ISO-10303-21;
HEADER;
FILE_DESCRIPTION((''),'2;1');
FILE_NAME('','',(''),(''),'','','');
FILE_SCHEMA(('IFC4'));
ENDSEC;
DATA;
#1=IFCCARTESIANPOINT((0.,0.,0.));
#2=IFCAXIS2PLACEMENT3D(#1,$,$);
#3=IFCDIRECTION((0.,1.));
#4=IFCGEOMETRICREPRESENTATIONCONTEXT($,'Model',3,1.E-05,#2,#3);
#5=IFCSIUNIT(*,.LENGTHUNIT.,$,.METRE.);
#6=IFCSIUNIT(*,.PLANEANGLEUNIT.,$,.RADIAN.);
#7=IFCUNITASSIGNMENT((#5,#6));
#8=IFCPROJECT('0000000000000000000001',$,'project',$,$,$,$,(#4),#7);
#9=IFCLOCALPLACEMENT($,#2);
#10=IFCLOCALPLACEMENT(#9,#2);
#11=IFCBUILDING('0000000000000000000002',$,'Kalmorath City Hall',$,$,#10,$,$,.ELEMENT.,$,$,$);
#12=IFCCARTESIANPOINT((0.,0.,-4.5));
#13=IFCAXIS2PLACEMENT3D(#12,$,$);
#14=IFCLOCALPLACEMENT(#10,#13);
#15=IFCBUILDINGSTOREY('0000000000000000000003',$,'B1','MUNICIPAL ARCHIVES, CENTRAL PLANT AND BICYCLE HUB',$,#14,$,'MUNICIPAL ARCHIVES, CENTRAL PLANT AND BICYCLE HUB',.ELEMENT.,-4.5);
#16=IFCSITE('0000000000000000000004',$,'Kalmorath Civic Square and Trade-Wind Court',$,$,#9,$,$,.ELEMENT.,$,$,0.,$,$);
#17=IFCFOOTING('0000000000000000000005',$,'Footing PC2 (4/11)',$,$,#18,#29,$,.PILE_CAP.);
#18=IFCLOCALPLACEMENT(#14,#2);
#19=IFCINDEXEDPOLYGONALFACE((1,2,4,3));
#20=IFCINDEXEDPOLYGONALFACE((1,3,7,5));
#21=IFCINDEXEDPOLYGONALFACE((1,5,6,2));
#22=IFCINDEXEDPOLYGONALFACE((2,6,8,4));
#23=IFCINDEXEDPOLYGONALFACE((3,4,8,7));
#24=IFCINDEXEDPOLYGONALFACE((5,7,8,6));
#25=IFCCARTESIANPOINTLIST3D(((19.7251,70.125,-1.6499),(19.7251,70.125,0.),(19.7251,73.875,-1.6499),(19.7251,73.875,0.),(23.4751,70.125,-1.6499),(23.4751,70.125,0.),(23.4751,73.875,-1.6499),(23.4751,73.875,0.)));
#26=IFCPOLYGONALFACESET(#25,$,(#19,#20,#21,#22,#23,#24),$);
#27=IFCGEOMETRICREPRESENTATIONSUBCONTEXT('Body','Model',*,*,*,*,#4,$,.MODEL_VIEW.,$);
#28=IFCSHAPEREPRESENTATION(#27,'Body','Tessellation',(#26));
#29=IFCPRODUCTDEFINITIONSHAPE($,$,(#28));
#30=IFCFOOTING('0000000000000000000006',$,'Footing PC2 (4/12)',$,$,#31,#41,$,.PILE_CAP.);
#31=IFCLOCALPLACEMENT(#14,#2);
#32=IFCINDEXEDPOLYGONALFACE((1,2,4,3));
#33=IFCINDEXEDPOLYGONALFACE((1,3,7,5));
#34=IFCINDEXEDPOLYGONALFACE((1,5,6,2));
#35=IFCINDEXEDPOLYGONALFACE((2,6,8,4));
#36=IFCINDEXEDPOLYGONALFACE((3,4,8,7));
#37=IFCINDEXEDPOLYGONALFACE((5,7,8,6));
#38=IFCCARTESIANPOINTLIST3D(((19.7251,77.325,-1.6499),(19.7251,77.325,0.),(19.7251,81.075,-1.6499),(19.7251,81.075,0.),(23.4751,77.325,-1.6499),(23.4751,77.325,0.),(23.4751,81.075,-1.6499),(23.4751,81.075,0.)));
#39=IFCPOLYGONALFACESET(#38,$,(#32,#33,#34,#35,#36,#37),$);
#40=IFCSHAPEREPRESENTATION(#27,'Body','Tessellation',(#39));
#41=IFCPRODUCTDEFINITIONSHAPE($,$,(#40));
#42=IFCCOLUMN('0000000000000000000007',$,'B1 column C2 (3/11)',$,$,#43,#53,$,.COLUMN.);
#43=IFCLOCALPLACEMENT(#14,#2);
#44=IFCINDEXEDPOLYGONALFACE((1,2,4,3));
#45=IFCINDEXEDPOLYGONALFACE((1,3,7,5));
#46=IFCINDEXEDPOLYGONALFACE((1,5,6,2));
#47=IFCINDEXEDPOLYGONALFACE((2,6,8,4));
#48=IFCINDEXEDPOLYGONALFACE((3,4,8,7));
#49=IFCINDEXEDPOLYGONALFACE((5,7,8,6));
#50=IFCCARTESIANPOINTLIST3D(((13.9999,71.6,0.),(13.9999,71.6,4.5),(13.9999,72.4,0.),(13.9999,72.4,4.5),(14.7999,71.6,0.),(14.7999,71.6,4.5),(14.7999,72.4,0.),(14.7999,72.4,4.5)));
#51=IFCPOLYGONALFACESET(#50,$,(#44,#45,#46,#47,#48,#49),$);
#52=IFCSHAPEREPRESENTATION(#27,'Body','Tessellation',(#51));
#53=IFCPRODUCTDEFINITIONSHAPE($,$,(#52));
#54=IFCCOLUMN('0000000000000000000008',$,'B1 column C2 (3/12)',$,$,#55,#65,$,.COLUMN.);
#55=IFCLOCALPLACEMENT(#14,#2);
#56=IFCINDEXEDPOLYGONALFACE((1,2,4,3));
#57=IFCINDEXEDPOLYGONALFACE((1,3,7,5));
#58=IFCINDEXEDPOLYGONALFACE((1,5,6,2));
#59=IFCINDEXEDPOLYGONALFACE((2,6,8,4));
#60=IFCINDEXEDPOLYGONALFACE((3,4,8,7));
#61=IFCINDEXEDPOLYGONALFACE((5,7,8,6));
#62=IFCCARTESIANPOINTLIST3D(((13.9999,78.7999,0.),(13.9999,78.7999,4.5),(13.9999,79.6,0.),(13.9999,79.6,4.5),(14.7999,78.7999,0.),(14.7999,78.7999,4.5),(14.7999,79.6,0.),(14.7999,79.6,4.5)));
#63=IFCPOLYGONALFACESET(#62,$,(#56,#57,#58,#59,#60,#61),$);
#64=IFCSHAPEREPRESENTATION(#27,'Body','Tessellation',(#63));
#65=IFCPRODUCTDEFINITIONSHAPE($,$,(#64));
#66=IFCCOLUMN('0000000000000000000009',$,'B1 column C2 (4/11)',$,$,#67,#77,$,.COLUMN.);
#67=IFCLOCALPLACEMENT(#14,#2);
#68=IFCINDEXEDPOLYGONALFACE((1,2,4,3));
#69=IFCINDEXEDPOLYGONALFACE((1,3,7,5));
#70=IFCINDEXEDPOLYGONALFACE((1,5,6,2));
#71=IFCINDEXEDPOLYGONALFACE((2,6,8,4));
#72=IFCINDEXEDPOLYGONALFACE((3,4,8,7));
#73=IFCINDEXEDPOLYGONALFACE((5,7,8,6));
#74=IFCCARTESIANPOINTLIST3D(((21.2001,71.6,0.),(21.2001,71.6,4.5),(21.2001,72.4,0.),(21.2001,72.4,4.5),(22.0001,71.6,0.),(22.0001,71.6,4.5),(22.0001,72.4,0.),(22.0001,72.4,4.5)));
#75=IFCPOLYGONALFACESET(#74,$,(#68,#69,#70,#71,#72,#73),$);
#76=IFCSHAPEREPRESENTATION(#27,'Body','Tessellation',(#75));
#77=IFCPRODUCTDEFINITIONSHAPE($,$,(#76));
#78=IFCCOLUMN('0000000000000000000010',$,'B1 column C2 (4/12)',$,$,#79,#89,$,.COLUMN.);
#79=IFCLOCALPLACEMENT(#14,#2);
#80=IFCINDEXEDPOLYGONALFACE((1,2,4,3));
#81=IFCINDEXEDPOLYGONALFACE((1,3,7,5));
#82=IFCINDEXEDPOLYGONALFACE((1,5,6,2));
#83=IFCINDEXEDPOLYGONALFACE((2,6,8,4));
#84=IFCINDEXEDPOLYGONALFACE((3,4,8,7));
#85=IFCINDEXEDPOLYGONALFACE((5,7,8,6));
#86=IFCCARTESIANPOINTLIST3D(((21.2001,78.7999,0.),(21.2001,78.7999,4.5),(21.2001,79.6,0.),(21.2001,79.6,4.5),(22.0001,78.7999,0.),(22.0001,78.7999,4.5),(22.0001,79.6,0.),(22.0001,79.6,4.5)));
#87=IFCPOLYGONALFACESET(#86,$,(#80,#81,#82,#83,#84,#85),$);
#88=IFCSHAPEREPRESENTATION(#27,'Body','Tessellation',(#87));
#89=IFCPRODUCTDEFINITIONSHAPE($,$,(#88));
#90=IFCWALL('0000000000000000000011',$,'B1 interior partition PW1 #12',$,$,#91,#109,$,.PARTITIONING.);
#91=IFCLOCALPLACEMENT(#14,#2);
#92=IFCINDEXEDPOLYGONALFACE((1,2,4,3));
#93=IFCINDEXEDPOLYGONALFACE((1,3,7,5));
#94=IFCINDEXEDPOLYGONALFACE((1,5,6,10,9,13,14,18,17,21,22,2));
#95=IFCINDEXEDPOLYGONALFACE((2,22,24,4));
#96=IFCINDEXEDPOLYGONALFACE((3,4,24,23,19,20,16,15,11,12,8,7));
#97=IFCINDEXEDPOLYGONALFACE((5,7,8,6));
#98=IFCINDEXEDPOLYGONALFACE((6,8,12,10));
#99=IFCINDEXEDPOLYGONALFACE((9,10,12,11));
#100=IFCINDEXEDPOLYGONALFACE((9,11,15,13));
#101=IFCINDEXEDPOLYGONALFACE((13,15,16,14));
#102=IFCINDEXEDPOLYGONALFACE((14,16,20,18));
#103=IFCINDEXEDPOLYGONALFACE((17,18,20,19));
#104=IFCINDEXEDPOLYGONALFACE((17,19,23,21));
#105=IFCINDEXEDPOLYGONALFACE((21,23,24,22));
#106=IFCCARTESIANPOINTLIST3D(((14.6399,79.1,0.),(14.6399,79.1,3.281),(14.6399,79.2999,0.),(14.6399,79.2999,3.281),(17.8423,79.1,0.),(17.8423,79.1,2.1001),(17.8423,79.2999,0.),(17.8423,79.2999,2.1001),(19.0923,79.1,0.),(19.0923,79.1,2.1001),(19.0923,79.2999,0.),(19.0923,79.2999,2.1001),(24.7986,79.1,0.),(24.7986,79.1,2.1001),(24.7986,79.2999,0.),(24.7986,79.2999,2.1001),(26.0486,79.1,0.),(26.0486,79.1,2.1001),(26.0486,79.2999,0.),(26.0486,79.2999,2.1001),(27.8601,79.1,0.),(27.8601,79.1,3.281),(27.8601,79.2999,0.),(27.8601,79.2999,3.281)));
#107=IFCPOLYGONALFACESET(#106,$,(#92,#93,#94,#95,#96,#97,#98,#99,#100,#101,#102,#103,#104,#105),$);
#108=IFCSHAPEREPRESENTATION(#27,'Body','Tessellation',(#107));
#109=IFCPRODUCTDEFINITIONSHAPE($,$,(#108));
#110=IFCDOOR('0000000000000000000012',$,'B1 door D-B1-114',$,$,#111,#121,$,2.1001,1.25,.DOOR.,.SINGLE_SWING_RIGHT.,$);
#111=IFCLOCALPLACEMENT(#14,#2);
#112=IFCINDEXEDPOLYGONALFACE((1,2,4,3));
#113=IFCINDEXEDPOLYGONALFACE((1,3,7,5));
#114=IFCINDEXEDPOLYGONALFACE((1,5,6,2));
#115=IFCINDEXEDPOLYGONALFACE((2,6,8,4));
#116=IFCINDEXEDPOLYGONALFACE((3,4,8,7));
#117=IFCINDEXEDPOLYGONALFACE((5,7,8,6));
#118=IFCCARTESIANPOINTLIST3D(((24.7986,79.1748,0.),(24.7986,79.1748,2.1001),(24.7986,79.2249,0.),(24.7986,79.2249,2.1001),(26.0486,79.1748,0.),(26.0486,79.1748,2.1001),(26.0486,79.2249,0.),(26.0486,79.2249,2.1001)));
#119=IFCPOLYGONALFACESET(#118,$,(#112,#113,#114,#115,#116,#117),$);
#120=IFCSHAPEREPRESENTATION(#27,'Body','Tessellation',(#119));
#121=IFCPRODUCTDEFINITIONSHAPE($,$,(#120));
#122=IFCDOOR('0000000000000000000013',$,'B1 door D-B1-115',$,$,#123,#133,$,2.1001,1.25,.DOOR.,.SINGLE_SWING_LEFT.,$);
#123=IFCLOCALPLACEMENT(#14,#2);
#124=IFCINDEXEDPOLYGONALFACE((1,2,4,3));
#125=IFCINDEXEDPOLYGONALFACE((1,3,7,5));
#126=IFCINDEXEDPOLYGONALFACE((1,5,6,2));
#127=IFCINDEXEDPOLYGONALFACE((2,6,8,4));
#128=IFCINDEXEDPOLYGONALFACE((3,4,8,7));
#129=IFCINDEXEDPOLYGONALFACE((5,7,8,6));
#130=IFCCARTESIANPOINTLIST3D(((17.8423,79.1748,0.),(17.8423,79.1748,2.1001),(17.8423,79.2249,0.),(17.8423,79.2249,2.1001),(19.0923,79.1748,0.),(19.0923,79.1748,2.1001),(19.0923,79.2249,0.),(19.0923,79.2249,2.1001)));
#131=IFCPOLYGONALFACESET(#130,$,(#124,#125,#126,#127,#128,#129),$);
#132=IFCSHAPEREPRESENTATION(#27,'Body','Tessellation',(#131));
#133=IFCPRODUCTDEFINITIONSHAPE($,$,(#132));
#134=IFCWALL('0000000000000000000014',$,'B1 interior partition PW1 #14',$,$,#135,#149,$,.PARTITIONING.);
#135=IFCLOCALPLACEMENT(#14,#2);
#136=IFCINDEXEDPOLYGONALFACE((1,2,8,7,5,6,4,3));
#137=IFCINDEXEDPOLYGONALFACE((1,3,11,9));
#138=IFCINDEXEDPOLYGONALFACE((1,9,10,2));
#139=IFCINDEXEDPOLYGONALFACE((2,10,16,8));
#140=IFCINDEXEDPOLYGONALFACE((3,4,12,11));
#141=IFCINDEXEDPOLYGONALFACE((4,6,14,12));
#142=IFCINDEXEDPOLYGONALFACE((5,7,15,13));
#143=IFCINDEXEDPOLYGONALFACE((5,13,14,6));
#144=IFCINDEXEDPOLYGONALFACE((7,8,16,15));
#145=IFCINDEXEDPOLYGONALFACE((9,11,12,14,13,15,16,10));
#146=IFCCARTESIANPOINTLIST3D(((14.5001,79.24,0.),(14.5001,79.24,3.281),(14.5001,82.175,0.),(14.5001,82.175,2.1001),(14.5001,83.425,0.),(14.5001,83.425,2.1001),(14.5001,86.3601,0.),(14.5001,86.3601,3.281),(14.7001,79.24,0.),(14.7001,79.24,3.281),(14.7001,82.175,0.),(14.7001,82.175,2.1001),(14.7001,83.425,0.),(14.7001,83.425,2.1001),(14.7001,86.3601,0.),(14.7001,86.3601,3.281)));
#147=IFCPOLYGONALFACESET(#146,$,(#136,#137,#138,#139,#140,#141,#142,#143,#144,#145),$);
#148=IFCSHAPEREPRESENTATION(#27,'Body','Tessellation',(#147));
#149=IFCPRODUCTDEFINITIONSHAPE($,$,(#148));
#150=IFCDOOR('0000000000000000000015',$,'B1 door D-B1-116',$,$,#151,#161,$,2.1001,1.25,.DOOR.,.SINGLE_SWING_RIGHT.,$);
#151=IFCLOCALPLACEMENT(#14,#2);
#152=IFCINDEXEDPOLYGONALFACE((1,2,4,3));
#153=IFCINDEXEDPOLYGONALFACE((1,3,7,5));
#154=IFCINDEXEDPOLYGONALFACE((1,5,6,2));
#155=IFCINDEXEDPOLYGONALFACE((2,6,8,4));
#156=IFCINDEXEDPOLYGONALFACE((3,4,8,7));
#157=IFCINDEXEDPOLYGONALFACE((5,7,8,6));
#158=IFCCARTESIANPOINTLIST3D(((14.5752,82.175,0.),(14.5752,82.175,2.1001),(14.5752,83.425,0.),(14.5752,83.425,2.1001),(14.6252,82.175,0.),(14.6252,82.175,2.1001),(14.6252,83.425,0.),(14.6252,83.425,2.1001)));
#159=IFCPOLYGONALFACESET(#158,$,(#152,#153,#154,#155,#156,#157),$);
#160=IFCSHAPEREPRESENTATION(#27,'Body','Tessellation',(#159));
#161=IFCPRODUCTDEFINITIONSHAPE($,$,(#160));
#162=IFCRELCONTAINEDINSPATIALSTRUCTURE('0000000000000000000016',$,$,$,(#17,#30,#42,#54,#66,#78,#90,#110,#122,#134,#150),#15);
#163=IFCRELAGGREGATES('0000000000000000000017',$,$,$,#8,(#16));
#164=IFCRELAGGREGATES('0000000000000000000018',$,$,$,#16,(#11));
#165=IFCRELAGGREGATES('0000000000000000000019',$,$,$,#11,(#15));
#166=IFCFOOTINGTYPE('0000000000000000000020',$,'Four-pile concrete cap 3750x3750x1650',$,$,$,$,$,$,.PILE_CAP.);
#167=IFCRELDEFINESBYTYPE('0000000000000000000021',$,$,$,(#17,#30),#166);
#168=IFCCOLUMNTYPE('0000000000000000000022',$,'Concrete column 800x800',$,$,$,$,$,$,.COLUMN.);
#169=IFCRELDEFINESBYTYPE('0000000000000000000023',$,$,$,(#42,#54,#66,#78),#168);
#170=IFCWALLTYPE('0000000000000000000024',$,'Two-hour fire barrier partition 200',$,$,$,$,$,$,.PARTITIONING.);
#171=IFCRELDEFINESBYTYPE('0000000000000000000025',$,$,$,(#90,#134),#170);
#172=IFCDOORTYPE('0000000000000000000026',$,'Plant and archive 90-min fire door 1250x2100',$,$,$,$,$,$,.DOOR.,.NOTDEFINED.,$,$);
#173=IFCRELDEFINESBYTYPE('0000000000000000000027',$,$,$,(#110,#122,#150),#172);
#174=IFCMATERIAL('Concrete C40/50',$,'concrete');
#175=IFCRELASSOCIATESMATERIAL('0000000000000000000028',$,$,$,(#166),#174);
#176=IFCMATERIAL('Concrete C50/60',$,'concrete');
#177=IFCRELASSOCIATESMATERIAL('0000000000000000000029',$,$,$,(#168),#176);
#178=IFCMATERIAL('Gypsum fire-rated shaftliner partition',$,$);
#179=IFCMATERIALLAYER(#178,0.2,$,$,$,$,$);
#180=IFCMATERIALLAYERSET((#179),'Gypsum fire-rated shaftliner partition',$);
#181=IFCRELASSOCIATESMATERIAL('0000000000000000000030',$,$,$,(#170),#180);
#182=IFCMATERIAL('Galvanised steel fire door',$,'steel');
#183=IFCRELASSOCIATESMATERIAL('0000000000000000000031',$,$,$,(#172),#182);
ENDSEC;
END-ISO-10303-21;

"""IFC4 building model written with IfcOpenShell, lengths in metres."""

from ifc_helpers import new_model, si_unit, direction, frame, frame_2d, origin, origin_2d, place, context, subcontext, project, spatial, rectangle, extrude, material, layer, layer_set, material_profile, profile_set, type_object, element, fill, save


model = new_model("IFC4")

# Units and contexts
model_context = context("Model", 3, precision=1e-05, world=origin(), true_north=direction((0.0, 1.0)))
body_context = subcontext(model_context, "Body", "Model", "MODEL_VIEW")
ifc_project = project(units=[si_unit("LENGTHUNIT", "METRE"), si_unit("PLANEANGLEUNIT", "RADIAN")], contexts=[model_context])

# Site, building, storey
site_placement = place(None, origin())
site = spatial("IfcSite", under=ifc_project, at=site_placement, Name="Kalmorath Civic Square and Trade-Wind Court", CompositionType="ELEMENT", RefElevation=0.0)
building_placement = place(site_placement, origin())
building = spatial("IfcBuilding", under=site, at=building_placement, Name="Kalmorath City Hall", CompositionType="ELEMENT")
storey_placement = place(building_placement, frame((0.0, 0.0, -4.5)))
storey = spatial("IfcBuildingStorey", under=building, at=storey_placement, Name="B1", Description="MUNICIPAL ARCHIVES, CENTRAL PLANT AND BICYCLE HUB", LongName="MUNICIPAL ARCHIVES, CENTRAL PLANT AND BICYCLE HUB", CompositionType="ELEMENT", Elevation=-4.5)

# Footings
ifc_material_1 = material(Name="Concrete C40/50", Category="concrete")
footing_type_1 = type_object("IfcFootingType", Name="Four-pile concrete cap 3750x3750x1650", PredefinedType="PILE_CAP", material=ifc_material_1)
for number, where, z_axis, x_axis, name in (
    (1, (21.6001, 72.0, -1.6499), (0.0, 0.0, 1.0), (1.0, 0.0, 0.0), "Footing PC2 (4/11)"),
    (2, (21.6001, 79.2, -1.6499), (0.0, 0.0, 1.0), (1.0, 0.0, 0.0), "Footing PC2 (4/12)"),
):
    element("IfcFooting", number, at=place(storey_placement, frame(where, z_axis=z_axis, x_axis=x_axis)), inside=storey, type_object=footing_type_1, Name=name, PredefinedType="PILE_CAP", context=body_context, shape_type="SweptSolid", body=[
        extrude(rectangle(XDim=3.75, YDim=3.75, at=origin_2d()), origin(), (0.0, 0.0, 1.0), 1.6499),
    ])

# Columns
ifc_material_2 = material(Name="Concrete C50/60", Category="concrete")
ifc_material_profile_1 = material_profile(ifc_material_2, rectangle(XDim=0.8, YDim=0.8, at=origin_2d()), Name="RC-COL-800X800")
ifc_profile_set_1 = profile_set([ifc_material_profile_1], Name="Concrete C50/60")
column_type = type_object("IfcColumnType", Name="Concrete column 800x800", PredefinedType="COLUMN", material=ifc_profile_set_1)
for number, where, z_axis, x_axis, name in (
    (3, (14.3999, 72.0, 0.0), (0.0, 0.0, 1.0), (1.0, 0.0, 0.0), "B1 column C2 (3/11)"),
    (4, (14.3999, 79.2, 0.0), (0.0, 0.0, 1.0), (1.0, 0.0, 0.0), "B1 column C2 (3/12)"),
    (5, (21.6001, 72.0, 0.0), (0.0, 0.0, 1.0), (1.0, 0.0, 0.0), "B1 column C2 (4/11)"),
    (6, (21.6001, 79.2, 0.0), (0.0, 0.0, 1.0), (1.0, 0.0, 0.0), "B1 column C2 (4/12)"),
):
    element("IfcColumn", number, at=place(storey_placement, frame(where, z_axis=z_axis, x_axis=x_axis)), inside=storey, type_object=column_type, Name=name, PredefinedType="COLUMN", context=body_context, shape_type="SweptSolid", body=[
        extrude(rectangle(XDim=0.8, YDim=0.8, at=origin_2d()), origin(), (0.0, 0.0, 1.0), 4.5),
    ])

# Wall, openings, doors
ifc_material_3 = material(Name="Gypsum fire-rated shaftliner partition")
ifc_layer = layer(ifc_material_3, 0.2)
ifc_layer_set = layer_set([ifc_layer], Name="Gypsum fire-rated shaftliner partition")
wall_type = type_object("IfcWallType", Name="Two-hour fire barrier partition 200", PredefinedType="PARTITIONING", material=ifc_layer_set)
wall_1_placement = place(storey_placement, frame((14.6399, 79.2, 0.0), z_axis=(0.0, 0.0, 1.0), x_axis=(1.0, 0.0, 0.0)))
wall_1 = element("IfcWall", 7, at=wall_1_placement, inside=storey, type_object=wall_type, Name="B1 interior partition PW1 #12", PredefinedType="PARTITIONING", context=body_context, shape_type="SweptSolid", body=[
    extrude(rectangle(XDim=13.2202, YDim=0.2, at=frame_2d((6.6101, 0.0))), origin(), (0.0, 0.0, 1.0), 3.281),
])
opening_1_placement = place(wall_1_placement, frame((10.1587, 0.0, 0.0)))
opening_1 = element("IfcOpeningElement", 8, at=opening_1_placement, cuts=wall_1, PredefinedType="OPENING", context=body_context, shape_type="SweptSolid", body=[
    extrude(rectangle(XDim=1.25, YDim=2.1001, at=frame_2d((0.625, 1.05))), frame((0.0, 0.1099, 0.0), z_axis=(0.0, -1.0, 0.0), x_axis=(1.0, 0.0, 0.0)), (0.0, 0.0, 1.0), 0.22),
])
opening_2_placement = place(wall_1_placement, frame((3.2024, 0.0, 0.0)))
opening_2 = element("IfcOpeningElement", 9, at=opening_2_placement, cuts=wall_1, PredefinedType="OPENING", context=body_context, shape_type="SweptSolid", body=[
    extrude(rectangle(XDim=1.25, YDim=2.1001, at=frame_2d((0.625, 1.05))), frame((0.0, 0.1099, 0.0), z_axis=(0.0, -1.0, 0.0), x_axis=(1.0, 0.0, 0.0)), (0.0, 0.0, 1.0), 0.22),
])
ifc_material_4 = material(Name="Galvanised steel fire door", Category="steel")
door_type = type_object("IfcDoorType", Name="Plant and archive 90-min fire door 1250x2100", OperationType="NOTDEFINED", PredefinedType="DOOR", material=ifc_material_4)
door_1_placement = place(opening_1_placement, origin())
door_1 = element("IfcDoor", 10, at=door_1_placement, inside=storey, type_object=door_type, Name="B1 door D-B1-114", OperationType="SINGLE_SWING_RIGHT", OverallHeight=2.1001, OverallWidth=1.25, PredefinedType="DOOR", context=body_context, shape_type="SweptSolid", body=[
    extrude(rectangle(XDim=1.25, YDim=2.1001, at=frame_2d((0.625, 1.05))), frame((0.0, 0.0249, 0.0), z_axis=(0.0, -1.0, 0.0), x_axis=(1.0, 0.0, 0.0)), (0.0, 0.0, 1.0), 0.05),
])
fill(opening_1, door_1)
door_2_placement = place(opening_2_placement, origin())
door_2 = element("IfcDoor", 11, at=door_2_placement, inside=storey, type_object=door_type, Name="B1 door D-B1-115", OperationType="SINGLE_SWING_LEFT", OverallHeight=2.1001, OverallWidth=1.25, PredefinedType="DOOR", context=body_context, shape_type="SweptSolid", body=[
    extrude(rectangle(XDim=1.25, YDim=2.1001, at=frame_2d((0.625, 1.05))), frame((0.0, 0.0249, 0.0), z_axis=(0.0, -1.0, 0.0), x_axis=(1.0, 0.0, 0.0)), (0.0, 0.0, 1.0), 0.05),
])
fill(opening_2, door_2)

# Wall, opening, door
wall_2_placement = place(storey_placement, frame((14.6001, 79.24, 0.0), z_axis=(0.0, 0.0, 1.0), x_axis=(0.0, 1.0, 0.0)))
wall_2 = element("IfcWall", 12, at=wall_2_placement, inside=storey, type_object=wall_type, Name="B1 interior partition PW1 #14", PredefinedType="PARTITIONING", context=body_context, shape_type="SweptSolid", body=[
    extrude(rectangle(XDim=7.1201, YDim=0.2, at=frame_2d((3.5601, 0.0))), origin(), (0.0, 0.0, 1.0), 3.281),
])
opening_3_placement = place(wall_2_placement, frame((2.9351, 0.0, 0.0)))
opening_3 = element("IfcOpeningElement", 13, at=opening_3_placement, cuts=wall_2, PredefinedType="OPENING", context=body_context, shape_type="SweptSolid", body=[
    extrude(rectangle(XDim=1.25, YDim=2.1001, at=frame_2d((0.625, 1.05))), frame((0.0, 0.1099, 0.0), z_axis=(0.0, -1.0, 0.0), x_axis=(1.0, 0.0, 0.0)), (0.0, 0.0, 1.0), 0.22),
])
door_3_placement = place(opening_3_placement, origin())
door_3 = element("IfcDoor", 14, at=door_3_placement, inside=storey, type_object=door_type, Name="B1 door D-B1-116", OperationType="SINGLE_SWING_RIGHT", OverallHeight=2.1001, OverallWidth=1.25, PredefinedType="DOOR", context=body_context, shape_type="SweptSolid", body=[
    extrude(rectangle(XDim=1.25, YDim=2.1001, at=frame_2d((0.625, 1.05))), frame((0.0, 0.0249, 0.0), z_axis=(0.0, -1.0, 0.0), x_axis=(1.0, 0.0, 0.0)), (0.0, 0.0, 1.0), 0.05),
])
fill(opening_3, door_3)

save(model, "model.ifc")
